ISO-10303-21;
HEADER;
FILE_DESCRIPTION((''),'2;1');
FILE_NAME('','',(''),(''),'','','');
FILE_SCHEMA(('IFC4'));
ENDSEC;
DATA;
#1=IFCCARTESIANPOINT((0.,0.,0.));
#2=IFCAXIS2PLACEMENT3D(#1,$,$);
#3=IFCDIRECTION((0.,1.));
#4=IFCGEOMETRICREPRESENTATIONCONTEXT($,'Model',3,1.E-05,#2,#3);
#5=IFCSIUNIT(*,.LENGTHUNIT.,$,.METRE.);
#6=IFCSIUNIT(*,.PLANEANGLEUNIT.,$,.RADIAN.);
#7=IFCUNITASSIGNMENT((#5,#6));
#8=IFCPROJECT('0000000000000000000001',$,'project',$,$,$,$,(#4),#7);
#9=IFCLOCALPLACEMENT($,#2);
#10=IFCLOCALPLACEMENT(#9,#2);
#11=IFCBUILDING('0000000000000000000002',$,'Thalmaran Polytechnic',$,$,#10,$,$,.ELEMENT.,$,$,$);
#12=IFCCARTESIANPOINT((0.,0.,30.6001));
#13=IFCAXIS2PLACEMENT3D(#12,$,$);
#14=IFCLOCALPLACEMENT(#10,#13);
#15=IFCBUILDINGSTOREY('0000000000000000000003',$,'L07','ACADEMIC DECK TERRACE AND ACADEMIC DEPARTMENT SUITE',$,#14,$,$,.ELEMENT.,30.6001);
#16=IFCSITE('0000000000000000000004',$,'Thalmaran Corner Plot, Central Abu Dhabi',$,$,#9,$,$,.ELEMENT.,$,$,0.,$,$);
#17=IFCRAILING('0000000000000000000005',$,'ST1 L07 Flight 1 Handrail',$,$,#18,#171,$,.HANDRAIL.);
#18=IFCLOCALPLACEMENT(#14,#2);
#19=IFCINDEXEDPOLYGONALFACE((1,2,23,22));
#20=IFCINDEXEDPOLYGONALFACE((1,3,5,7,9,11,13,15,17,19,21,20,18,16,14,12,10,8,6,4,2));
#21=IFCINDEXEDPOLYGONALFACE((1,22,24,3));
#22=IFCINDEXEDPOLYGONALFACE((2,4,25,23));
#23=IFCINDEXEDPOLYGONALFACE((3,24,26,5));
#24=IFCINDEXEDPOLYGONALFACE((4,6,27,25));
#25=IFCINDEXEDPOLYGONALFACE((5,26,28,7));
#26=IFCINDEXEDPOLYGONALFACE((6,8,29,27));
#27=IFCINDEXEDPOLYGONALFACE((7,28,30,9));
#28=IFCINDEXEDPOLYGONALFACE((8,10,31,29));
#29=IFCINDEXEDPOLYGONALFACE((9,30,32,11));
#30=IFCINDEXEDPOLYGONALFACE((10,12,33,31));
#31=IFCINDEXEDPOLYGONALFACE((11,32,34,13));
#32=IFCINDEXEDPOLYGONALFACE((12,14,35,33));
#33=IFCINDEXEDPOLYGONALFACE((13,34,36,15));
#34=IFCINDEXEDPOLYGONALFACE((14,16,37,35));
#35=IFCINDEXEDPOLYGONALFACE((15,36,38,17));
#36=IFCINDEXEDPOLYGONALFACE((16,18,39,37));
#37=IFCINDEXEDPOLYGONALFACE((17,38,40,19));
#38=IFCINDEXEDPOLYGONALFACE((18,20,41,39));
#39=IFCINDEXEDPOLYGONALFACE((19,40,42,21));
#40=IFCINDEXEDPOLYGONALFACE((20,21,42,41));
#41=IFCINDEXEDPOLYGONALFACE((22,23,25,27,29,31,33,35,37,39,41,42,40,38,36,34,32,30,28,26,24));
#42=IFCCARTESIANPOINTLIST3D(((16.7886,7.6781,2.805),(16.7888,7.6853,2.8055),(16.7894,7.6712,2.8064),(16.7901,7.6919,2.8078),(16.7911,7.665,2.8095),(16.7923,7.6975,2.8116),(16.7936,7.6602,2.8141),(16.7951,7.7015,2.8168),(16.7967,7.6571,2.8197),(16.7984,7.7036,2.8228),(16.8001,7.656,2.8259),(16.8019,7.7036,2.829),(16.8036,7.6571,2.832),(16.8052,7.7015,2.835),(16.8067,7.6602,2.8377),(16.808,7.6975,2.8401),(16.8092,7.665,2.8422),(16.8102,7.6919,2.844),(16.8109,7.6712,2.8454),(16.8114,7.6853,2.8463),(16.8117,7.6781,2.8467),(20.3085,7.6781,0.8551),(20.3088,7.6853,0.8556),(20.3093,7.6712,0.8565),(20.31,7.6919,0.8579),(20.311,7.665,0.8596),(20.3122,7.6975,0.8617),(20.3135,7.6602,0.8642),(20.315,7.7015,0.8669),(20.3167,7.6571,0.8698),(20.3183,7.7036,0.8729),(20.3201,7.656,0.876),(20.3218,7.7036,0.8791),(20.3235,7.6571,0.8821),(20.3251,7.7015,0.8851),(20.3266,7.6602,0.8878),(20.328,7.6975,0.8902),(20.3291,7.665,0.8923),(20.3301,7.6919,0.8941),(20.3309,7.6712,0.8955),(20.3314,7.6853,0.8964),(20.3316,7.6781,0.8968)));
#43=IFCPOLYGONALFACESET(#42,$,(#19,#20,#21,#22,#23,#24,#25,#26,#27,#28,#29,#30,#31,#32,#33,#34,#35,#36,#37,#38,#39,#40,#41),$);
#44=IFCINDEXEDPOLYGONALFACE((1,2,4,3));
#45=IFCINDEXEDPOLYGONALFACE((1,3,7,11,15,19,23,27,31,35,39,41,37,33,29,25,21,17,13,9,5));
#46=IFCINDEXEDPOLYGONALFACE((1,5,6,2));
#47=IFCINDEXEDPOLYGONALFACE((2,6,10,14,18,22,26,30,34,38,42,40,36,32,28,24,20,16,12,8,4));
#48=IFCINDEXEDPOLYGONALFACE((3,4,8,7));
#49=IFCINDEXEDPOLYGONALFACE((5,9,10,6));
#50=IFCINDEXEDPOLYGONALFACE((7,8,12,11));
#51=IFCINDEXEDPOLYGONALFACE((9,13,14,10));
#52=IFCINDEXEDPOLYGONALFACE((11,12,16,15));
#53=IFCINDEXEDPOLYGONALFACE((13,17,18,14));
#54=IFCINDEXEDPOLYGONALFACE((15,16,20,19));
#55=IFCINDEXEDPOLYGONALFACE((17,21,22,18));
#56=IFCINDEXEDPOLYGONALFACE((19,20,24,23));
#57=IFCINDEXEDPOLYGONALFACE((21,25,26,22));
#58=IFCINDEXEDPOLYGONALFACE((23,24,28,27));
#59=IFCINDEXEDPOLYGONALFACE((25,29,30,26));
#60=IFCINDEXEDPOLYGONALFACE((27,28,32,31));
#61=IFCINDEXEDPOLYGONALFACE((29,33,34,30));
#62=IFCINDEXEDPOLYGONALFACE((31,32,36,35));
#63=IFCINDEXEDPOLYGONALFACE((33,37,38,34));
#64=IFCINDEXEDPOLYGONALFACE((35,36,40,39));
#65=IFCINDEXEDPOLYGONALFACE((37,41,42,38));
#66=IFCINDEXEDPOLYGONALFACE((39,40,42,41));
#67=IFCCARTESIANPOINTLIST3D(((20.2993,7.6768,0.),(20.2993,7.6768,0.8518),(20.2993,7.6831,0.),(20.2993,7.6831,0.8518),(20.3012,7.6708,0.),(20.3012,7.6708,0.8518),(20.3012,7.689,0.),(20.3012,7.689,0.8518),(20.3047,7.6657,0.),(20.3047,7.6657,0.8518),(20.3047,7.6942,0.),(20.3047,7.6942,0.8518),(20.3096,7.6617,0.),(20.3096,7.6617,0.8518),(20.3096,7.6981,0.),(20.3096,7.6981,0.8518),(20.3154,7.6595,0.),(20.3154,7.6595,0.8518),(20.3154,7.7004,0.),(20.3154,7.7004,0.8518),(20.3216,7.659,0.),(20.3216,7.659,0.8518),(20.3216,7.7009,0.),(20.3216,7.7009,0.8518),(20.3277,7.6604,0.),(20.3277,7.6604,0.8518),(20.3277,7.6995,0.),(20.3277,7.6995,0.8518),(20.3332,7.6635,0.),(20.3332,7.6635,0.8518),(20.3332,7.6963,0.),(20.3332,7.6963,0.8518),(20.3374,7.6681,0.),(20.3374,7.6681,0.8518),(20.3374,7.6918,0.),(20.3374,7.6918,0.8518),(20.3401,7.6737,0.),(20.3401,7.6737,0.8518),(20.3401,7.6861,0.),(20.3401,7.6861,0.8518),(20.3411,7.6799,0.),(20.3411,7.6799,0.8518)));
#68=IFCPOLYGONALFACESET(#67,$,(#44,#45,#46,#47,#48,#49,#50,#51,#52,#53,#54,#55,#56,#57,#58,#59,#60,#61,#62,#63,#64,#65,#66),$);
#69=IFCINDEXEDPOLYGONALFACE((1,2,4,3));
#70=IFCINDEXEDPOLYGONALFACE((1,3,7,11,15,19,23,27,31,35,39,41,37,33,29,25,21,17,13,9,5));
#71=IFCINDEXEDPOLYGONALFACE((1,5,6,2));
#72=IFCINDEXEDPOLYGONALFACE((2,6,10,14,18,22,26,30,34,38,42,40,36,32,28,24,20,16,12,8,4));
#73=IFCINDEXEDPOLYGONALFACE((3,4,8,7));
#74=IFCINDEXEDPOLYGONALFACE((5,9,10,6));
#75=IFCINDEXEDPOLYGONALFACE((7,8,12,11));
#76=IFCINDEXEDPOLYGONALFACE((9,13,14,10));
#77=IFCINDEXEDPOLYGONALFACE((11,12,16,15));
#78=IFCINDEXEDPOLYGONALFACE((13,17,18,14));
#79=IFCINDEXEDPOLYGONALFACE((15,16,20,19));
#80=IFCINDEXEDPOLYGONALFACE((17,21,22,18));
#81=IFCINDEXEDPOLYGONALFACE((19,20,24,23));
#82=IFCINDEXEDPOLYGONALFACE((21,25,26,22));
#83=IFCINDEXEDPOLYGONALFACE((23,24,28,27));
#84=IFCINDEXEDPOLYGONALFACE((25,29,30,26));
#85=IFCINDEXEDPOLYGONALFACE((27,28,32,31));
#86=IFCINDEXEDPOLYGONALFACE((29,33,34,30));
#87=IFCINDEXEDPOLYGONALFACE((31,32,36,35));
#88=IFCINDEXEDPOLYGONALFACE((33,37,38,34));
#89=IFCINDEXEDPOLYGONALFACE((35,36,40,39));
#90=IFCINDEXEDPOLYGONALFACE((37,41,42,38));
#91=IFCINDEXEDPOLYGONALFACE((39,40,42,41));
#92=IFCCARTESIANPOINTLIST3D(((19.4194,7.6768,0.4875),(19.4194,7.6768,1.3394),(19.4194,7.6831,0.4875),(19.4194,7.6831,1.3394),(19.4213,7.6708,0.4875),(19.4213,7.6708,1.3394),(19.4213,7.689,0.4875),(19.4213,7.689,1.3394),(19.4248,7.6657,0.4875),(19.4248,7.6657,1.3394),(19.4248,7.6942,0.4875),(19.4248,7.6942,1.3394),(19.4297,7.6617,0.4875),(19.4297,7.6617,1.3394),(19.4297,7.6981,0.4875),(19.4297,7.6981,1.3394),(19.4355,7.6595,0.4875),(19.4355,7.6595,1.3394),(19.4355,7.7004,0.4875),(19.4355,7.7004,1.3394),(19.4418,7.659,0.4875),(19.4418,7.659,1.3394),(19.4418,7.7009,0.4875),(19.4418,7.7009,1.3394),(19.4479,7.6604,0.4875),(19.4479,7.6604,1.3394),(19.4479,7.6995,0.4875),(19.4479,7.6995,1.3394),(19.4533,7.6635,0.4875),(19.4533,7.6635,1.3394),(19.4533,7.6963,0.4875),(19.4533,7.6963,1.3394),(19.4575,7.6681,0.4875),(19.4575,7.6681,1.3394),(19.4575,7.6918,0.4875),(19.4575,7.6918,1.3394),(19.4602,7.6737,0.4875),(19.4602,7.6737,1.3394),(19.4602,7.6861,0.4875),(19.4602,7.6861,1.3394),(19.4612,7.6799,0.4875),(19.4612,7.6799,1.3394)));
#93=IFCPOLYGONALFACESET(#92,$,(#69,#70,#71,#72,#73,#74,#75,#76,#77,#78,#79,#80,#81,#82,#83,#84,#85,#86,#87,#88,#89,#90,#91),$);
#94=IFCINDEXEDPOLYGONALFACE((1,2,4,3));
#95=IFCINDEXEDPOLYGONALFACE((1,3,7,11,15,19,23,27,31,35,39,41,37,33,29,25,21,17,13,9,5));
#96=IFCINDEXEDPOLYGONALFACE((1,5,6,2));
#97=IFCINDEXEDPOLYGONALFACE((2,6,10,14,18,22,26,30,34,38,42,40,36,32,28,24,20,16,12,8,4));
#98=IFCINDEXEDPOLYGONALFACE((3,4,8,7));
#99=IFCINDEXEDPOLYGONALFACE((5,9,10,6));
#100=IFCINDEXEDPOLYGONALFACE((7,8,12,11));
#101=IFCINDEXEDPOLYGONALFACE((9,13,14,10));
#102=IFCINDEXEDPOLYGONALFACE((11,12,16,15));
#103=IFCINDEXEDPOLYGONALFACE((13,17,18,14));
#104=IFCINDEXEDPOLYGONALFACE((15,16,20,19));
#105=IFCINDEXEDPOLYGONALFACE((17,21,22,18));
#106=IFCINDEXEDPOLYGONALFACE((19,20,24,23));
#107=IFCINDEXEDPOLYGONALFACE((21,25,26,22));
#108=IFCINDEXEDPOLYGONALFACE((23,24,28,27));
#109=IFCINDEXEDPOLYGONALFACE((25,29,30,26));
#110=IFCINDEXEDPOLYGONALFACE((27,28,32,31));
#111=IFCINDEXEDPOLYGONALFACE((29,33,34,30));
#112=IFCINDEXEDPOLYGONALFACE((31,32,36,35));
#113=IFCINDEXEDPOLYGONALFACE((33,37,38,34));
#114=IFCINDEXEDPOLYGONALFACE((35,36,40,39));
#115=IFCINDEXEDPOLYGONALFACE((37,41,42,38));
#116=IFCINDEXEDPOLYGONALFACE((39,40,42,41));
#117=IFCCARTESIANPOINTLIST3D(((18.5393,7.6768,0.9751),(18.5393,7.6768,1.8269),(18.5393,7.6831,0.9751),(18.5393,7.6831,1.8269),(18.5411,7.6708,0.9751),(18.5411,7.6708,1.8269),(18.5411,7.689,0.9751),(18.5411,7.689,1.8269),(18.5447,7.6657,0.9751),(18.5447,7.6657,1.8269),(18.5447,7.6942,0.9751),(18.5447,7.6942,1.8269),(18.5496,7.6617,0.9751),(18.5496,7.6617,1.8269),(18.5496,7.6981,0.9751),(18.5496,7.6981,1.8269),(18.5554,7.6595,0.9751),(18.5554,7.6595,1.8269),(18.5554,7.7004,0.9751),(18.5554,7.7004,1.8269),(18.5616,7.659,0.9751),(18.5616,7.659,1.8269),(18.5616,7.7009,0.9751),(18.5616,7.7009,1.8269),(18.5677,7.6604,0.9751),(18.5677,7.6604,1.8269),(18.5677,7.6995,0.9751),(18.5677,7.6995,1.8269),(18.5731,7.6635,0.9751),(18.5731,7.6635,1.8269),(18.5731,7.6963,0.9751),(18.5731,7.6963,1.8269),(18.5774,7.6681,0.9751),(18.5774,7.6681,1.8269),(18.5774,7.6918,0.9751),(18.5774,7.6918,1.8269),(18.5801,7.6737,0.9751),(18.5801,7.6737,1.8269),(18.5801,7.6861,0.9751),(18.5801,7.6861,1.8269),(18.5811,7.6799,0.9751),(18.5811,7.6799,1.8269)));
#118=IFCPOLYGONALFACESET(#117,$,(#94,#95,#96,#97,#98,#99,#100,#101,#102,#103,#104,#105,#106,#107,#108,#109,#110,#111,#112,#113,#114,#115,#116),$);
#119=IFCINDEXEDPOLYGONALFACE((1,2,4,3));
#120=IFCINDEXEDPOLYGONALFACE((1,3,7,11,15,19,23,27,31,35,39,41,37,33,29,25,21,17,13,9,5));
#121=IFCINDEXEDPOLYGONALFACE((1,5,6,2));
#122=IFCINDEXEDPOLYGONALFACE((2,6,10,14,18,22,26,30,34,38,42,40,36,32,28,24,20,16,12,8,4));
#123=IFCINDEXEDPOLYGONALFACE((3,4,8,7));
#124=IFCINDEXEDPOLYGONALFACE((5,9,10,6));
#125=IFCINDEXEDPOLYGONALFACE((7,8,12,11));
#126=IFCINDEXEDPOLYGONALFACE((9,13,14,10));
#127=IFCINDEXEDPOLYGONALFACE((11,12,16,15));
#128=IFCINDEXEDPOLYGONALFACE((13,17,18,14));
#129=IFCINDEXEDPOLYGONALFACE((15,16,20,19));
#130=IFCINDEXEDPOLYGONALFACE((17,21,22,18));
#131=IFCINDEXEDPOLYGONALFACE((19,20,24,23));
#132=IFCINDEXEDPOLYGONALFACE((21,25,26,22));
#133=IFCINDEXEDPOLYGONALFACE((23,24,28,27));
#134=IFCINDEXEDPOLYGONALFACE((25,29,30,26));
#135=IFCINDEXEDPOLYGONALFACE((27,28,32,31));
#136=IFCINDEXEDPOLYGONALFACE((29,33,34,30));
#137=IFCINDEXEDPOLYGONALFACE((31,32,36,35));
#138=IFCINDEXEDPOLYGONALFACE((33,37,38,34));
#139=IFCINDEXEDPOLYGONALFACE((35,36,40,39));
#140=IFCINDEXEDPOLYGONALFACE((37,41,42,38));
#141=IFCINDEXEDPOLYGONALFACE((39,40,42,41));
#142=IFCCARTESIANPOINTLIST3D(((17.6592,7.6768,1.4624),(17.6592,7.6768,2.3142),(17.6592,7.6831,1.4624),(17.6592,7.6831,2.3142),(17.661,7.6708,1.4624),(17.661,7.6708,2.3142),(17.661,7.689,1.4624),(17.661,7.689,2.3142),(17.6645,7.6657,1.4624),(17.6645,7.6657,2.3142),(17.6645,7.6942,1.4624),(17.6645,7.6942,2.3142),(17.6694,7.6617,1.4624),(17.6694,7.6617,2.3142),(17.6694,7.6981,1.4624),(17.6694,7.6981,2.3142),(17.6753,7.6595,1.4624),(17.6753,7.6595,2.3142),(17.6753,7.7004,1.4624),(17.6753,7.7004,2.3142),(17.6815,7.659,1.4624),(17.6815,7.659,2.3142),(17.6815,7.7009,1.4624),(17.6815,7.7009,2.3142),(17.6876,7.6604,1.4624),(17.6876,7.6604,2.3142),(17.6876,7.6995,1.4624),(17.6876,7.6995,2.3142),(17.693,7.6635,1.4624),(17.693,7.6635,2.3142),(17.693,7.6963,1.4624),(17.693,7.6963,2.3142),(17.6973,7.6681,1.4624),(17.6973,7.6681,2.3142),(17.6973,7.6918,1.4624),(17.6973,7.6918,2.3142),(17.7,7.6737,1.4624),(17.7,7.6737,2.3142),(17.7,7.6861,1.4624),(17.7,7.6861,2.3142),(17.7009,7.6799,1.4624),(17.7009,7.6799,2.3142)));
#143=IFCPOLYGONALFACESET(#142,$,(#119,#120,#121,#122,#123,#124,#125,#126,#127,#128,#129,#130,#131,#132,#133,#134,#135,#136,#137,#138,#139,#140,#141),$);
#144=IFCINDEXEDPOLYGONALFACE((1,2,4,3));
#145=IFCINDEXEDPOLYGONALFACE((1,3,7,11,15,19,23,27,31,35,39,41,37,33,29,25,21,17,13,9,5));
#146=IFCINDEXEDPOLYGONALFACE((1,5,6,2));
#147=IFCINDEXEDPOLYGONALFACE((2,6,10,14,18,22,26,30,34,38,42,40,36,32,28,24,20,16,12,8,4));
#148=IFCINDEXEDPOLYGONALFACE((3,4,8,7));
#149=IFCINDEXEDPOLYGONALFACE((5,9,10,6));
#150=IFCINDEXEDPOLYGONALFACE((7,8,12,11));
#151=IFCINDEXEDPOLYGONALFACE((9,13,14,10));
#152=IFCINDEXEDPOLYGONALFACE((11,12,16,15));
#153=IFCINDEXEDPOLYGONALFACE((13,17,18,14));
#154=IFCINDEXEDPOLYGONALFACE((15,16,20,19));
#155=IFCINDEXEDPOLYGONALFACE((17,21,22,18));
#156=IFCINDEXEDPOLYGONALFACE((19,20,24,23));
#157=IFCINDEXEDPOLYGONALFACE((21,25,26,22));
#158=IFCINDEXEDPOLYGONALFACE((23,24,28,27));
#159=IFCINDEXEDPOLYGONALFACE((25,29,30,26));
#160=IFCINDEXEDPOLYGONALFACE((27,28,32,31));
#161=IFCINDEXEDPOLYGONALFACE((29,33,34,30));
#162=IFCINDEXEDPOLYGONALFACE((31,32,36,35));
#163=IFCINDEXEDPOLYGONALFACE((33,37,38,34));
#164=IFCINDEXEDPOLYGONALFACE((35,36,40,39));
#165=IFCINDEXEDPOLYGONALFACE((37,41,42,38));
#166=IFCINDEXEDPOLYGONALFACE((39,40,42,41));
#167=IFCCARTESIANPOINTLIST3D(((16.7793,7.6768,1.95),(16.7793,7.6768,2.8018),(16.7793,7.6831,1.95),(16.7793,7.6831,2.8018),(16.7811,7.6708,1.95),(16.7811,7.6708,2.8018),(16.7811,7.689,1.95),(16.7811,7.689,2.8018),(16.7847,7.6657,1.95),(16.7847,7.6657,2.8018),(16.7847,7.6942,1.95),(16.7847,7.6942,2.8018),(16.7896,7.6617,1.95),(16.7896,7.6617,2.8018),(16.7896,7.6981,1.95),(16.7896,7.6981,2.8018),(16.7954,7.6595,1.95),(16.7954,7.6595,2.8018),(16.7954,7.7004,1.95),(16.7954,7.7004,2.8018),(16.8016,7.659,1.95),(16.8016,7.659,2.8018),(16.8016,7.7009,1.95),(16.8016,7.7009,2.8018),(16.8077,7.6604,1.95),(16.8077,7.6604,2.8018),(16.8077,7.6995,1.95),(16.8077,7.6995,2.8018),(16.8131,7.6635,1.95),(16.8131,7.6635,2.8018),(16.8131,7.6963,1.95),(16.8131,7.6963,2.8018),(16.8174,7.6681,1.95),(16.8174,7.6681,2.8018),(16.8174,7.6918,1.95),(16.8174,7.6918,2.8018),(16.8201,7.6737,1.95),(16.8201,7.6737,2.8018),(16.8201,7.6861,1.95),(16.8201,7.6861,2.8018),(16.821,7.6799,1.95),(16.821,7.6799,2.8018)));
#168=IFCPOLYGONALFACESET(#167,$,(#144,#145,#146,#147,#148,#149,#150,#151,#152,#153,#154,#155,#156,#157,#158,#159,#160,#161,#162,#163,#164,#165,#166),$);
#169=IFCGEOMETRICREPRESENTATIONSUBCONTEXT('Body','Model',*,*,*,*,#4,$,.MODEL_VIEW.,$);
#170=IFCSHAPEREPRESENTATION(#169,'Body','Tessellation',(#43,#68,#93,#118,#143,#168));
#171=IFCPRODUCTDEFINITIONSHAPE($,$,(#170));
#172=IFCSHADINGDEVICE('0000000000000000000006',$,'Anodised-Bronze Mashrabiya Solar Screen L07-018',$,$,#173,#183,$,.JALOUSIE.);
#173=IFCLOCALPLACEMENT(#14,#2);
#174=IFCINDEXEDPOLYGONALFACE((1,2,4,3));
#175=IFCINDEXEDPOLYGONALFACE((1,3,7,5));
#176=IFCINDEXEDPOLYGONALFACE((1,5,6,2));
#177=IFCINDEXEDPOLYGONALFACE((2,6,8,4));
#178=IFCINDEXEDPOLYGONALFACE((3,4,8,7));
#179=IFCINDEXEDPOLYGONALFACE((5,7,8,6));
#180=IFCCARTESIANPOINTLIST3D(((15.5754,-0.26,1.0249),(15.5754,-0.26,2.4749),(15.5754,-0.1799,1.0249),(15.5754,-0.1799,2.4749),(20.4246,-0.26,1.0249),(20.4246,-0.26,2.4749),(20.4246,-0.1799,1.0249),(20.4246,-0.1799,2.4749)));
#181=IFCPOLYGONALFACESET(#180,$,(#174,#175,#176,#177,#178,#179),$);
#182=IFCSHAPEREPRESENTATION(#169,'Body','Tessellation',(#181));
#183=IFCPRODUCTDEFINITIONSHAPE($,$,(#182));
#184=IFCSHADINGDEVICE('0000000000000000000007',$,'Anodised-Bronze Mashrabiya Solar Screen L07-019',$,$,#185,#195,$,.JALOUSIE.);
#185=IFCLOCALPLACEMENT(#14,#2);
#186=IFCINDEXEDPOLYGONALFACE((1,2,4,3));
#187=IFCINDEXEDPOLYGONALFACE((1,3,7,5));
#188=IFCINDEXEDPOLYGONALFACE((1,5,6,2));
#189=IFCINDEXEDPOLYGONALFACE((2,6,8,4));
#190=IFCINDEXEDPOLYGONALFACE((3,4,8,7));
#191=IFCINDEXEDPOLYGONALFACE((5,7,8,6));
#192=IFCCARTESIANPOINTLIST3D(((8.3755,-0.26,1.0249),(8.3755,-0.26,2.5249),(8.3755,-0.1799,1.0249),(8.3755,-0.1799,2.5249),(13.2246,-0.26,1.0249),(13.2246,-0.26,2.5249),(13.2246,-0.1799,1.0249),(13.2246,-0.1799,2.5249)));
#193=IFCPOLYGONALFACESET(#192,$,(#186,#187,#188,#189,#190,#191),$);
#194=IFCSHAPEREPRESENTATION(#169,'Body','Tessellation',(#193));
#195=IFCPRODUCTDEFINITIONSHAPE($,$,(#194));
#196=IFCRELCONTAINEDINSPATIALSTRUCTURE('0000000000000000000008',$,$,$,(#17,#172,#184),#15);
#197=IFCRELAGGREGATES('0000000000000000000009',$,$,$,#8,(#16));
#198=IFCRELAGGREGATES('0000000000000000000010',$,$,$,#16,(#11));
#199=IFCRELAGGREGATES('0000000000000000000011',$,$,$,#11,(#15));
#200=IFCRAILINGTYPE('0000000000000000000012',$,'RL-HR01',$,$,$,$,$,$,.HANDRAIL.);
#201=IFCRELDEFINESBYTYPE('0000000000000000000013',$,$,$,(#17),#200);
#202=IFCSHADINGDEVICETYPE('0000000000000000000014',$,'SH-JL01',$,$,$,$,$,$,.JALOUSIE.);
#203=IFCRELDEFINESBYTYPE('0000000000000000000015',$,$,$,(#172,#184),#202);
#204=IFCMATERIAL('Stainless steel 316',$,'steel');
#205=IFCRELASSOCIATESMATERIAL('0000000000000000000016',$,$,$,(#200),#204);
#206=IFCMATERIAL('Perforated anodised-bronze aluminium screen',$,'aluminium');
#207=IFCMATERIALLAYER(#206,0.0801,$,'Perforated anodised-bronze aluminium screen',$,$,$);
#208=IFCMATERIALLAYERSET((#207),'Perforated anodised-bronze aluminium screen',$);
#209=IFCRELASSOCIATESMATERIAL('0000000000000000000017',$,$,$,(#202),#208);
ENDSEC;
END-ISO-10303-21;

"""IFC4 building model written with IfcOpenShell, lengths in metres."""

from ifc_helpers import new_model, si_unit, direction, frame, origin, origin_2d, place, context, subcontext, project, spatial, rectangle, circle, extrude, material, layer, layer_set, type_object, element, save


model = new_model("IFC4")

# Units and contexts
model_context = context("Model", 3, precision=1e-05, world=origin(), true_north=direction((0.0, 1.0)))
body_context = subcontext(model_context, "Body", "Model", "MODEL_VIEW")
ifc_project = project(units=[si_unit("LENGTHUNIT", "METRE"), si_unit("PLANEANGLEUNIT", "RADIAN")], contexts=[model_context])

# Site, building, storey
site_placement = place(None, origin())
site = spatial("IfcSite", under=ifc_project, at=site_placement, Name="Thalmaran Corner Plot, Central Abu Dhabi", CompositionType="ELEMENT", RefElevation=0.0)
building_placement = place(site_placement, origin())
building = spatial("IfcBuilding", under=site, at=building_placement, Name="Thalmaran Polytechnic", CompositionType="ELEMENT")
storey_placement = place(building_placement, frame((0.0, 0.0, 30.6001)))
storey = spatial("IfcBuildingStorey", under=building, at=storey_placement, Name="L07", Description="ACADEMIC DECK TERRACE AND ACADEMIC DEPARTMENT SUITE", CompositionType="ELEMENT", Elevation=30.6001)

# Railing
ifc_material_1 = material(Name="Stainless steel 316", Category="steel")
railing_type_1 = type_object("IfcRailingType", Name="RL-HR01", PredefinedType="HANDRAIL", material=ifc_material_1)
railing_1_placement = place(storey_placement, frame((20.3201, 7.6799, 0.0)))
element("IfcRailing", 1, at=railing_1_placement, inside=storey, type_object=railing_type_1, Name="ST1 L07 Flight 1 Handrail", PredefinedType="HANDRAIL", context=body_context, shape_type="SweptSolid", body=[
    extrude(circle(Radius=0.0239, at=origin_2d()), frame((0.0, 0.0, 0.876), z_axis=(-0.874749, 0.0, 0.484576), x_axis=(0.0, -1.0, 0.0)), (0.0, 0.0, 1.0), 4.0239),
    extrude(circle(Radius=0.021, at=origin_2d()), origin(), (0.0, 0.0, 1.0), 0.8518),
    extrude(circle(Radius=0.021, at=origin_2d()), frame((-0.8799, 0.0, 0.4875)), (0.0, 0.0, 1.0), 0.8518),
    extrude(circle(Radius=0.021, at=origin_2d()), frame((-1.76, 0.0, 0.9751)), (0.0, 0.0, 1.0), 0.8518),
    extrude(circle(Radius=0.021, at=origin_2d()), frame((-2.6401, 0.0, 1.4624)), (0.0, 0.0, 1.0), 0.8518),
    extrude(circle(Radius=0.021, at=origin_2d()), frame((-3.52, 0.0, 1.95)), (0.0, 0.0, 1.0), 0.8518),
])

# Shading devices
ifc_material_2 = material(Name="Perforated anodised-bronze aluminium screen", Category="aluminium")
ifc_layer_1 = layer(ifc_material_2, 0.0801, Name="Perforated anodised-bronze aluminium screen")
ifc_layer_set_1 = layer_set([ifc_layer_1], Name="Perforated anodised-bronze aluminium screen")
shading_device_type = type_object("IfcShadingDeviceType", Name="SH-JL01", PredefinedType="JALOUSIE", material=ifc_layer_set_1)
shading_device_1_placement = place(storey_placement, frame((18.0, -0.22, 1.0249), z_axis=(0.0, 0.0, 1.0), x_axis=(-1.0, 0.0, 0.0)))
element("IfcShadingDevice", 2, at=shading_device_1_placement, inside=storey, type_object=shading_device_type, Name="Anodised-Bronze Mashrabiya Solar Screen L07-018", PredefinedType="JALOUSIE", context=body_context, shape_type="SweptSolid", body=[
    extrude(rectangle(XDim=4.8491, YDim=0.0801, at=origin_2d()), origin(), (0.0, 0.0, 1.0), 1.45),
])
shading_device_2_placement = place(storey_placement, frame((10.8, -0.22, 1.0249), z_axis=(0.0, 0.0, 1.0), x_axis=(-1.0, 0.0, 0.0)))
element("IfcShadingDevice", 3, at=shading_device_2_placement, inside=storey, type_object=shading_device_type, Name="Anodised-Bronze Mashrabiya Solar Screen L07-019", PredefinedType="JALOUSIE", context=body_context, shape_type="SweptSolid", body=[
    extrude(rectangle(XDim=4.8491, YDim=0.0801, at=origin_2d()), origin(), (0.0, 0.0, 1.0), 1.5),
])

save(model, "model.ifc")
